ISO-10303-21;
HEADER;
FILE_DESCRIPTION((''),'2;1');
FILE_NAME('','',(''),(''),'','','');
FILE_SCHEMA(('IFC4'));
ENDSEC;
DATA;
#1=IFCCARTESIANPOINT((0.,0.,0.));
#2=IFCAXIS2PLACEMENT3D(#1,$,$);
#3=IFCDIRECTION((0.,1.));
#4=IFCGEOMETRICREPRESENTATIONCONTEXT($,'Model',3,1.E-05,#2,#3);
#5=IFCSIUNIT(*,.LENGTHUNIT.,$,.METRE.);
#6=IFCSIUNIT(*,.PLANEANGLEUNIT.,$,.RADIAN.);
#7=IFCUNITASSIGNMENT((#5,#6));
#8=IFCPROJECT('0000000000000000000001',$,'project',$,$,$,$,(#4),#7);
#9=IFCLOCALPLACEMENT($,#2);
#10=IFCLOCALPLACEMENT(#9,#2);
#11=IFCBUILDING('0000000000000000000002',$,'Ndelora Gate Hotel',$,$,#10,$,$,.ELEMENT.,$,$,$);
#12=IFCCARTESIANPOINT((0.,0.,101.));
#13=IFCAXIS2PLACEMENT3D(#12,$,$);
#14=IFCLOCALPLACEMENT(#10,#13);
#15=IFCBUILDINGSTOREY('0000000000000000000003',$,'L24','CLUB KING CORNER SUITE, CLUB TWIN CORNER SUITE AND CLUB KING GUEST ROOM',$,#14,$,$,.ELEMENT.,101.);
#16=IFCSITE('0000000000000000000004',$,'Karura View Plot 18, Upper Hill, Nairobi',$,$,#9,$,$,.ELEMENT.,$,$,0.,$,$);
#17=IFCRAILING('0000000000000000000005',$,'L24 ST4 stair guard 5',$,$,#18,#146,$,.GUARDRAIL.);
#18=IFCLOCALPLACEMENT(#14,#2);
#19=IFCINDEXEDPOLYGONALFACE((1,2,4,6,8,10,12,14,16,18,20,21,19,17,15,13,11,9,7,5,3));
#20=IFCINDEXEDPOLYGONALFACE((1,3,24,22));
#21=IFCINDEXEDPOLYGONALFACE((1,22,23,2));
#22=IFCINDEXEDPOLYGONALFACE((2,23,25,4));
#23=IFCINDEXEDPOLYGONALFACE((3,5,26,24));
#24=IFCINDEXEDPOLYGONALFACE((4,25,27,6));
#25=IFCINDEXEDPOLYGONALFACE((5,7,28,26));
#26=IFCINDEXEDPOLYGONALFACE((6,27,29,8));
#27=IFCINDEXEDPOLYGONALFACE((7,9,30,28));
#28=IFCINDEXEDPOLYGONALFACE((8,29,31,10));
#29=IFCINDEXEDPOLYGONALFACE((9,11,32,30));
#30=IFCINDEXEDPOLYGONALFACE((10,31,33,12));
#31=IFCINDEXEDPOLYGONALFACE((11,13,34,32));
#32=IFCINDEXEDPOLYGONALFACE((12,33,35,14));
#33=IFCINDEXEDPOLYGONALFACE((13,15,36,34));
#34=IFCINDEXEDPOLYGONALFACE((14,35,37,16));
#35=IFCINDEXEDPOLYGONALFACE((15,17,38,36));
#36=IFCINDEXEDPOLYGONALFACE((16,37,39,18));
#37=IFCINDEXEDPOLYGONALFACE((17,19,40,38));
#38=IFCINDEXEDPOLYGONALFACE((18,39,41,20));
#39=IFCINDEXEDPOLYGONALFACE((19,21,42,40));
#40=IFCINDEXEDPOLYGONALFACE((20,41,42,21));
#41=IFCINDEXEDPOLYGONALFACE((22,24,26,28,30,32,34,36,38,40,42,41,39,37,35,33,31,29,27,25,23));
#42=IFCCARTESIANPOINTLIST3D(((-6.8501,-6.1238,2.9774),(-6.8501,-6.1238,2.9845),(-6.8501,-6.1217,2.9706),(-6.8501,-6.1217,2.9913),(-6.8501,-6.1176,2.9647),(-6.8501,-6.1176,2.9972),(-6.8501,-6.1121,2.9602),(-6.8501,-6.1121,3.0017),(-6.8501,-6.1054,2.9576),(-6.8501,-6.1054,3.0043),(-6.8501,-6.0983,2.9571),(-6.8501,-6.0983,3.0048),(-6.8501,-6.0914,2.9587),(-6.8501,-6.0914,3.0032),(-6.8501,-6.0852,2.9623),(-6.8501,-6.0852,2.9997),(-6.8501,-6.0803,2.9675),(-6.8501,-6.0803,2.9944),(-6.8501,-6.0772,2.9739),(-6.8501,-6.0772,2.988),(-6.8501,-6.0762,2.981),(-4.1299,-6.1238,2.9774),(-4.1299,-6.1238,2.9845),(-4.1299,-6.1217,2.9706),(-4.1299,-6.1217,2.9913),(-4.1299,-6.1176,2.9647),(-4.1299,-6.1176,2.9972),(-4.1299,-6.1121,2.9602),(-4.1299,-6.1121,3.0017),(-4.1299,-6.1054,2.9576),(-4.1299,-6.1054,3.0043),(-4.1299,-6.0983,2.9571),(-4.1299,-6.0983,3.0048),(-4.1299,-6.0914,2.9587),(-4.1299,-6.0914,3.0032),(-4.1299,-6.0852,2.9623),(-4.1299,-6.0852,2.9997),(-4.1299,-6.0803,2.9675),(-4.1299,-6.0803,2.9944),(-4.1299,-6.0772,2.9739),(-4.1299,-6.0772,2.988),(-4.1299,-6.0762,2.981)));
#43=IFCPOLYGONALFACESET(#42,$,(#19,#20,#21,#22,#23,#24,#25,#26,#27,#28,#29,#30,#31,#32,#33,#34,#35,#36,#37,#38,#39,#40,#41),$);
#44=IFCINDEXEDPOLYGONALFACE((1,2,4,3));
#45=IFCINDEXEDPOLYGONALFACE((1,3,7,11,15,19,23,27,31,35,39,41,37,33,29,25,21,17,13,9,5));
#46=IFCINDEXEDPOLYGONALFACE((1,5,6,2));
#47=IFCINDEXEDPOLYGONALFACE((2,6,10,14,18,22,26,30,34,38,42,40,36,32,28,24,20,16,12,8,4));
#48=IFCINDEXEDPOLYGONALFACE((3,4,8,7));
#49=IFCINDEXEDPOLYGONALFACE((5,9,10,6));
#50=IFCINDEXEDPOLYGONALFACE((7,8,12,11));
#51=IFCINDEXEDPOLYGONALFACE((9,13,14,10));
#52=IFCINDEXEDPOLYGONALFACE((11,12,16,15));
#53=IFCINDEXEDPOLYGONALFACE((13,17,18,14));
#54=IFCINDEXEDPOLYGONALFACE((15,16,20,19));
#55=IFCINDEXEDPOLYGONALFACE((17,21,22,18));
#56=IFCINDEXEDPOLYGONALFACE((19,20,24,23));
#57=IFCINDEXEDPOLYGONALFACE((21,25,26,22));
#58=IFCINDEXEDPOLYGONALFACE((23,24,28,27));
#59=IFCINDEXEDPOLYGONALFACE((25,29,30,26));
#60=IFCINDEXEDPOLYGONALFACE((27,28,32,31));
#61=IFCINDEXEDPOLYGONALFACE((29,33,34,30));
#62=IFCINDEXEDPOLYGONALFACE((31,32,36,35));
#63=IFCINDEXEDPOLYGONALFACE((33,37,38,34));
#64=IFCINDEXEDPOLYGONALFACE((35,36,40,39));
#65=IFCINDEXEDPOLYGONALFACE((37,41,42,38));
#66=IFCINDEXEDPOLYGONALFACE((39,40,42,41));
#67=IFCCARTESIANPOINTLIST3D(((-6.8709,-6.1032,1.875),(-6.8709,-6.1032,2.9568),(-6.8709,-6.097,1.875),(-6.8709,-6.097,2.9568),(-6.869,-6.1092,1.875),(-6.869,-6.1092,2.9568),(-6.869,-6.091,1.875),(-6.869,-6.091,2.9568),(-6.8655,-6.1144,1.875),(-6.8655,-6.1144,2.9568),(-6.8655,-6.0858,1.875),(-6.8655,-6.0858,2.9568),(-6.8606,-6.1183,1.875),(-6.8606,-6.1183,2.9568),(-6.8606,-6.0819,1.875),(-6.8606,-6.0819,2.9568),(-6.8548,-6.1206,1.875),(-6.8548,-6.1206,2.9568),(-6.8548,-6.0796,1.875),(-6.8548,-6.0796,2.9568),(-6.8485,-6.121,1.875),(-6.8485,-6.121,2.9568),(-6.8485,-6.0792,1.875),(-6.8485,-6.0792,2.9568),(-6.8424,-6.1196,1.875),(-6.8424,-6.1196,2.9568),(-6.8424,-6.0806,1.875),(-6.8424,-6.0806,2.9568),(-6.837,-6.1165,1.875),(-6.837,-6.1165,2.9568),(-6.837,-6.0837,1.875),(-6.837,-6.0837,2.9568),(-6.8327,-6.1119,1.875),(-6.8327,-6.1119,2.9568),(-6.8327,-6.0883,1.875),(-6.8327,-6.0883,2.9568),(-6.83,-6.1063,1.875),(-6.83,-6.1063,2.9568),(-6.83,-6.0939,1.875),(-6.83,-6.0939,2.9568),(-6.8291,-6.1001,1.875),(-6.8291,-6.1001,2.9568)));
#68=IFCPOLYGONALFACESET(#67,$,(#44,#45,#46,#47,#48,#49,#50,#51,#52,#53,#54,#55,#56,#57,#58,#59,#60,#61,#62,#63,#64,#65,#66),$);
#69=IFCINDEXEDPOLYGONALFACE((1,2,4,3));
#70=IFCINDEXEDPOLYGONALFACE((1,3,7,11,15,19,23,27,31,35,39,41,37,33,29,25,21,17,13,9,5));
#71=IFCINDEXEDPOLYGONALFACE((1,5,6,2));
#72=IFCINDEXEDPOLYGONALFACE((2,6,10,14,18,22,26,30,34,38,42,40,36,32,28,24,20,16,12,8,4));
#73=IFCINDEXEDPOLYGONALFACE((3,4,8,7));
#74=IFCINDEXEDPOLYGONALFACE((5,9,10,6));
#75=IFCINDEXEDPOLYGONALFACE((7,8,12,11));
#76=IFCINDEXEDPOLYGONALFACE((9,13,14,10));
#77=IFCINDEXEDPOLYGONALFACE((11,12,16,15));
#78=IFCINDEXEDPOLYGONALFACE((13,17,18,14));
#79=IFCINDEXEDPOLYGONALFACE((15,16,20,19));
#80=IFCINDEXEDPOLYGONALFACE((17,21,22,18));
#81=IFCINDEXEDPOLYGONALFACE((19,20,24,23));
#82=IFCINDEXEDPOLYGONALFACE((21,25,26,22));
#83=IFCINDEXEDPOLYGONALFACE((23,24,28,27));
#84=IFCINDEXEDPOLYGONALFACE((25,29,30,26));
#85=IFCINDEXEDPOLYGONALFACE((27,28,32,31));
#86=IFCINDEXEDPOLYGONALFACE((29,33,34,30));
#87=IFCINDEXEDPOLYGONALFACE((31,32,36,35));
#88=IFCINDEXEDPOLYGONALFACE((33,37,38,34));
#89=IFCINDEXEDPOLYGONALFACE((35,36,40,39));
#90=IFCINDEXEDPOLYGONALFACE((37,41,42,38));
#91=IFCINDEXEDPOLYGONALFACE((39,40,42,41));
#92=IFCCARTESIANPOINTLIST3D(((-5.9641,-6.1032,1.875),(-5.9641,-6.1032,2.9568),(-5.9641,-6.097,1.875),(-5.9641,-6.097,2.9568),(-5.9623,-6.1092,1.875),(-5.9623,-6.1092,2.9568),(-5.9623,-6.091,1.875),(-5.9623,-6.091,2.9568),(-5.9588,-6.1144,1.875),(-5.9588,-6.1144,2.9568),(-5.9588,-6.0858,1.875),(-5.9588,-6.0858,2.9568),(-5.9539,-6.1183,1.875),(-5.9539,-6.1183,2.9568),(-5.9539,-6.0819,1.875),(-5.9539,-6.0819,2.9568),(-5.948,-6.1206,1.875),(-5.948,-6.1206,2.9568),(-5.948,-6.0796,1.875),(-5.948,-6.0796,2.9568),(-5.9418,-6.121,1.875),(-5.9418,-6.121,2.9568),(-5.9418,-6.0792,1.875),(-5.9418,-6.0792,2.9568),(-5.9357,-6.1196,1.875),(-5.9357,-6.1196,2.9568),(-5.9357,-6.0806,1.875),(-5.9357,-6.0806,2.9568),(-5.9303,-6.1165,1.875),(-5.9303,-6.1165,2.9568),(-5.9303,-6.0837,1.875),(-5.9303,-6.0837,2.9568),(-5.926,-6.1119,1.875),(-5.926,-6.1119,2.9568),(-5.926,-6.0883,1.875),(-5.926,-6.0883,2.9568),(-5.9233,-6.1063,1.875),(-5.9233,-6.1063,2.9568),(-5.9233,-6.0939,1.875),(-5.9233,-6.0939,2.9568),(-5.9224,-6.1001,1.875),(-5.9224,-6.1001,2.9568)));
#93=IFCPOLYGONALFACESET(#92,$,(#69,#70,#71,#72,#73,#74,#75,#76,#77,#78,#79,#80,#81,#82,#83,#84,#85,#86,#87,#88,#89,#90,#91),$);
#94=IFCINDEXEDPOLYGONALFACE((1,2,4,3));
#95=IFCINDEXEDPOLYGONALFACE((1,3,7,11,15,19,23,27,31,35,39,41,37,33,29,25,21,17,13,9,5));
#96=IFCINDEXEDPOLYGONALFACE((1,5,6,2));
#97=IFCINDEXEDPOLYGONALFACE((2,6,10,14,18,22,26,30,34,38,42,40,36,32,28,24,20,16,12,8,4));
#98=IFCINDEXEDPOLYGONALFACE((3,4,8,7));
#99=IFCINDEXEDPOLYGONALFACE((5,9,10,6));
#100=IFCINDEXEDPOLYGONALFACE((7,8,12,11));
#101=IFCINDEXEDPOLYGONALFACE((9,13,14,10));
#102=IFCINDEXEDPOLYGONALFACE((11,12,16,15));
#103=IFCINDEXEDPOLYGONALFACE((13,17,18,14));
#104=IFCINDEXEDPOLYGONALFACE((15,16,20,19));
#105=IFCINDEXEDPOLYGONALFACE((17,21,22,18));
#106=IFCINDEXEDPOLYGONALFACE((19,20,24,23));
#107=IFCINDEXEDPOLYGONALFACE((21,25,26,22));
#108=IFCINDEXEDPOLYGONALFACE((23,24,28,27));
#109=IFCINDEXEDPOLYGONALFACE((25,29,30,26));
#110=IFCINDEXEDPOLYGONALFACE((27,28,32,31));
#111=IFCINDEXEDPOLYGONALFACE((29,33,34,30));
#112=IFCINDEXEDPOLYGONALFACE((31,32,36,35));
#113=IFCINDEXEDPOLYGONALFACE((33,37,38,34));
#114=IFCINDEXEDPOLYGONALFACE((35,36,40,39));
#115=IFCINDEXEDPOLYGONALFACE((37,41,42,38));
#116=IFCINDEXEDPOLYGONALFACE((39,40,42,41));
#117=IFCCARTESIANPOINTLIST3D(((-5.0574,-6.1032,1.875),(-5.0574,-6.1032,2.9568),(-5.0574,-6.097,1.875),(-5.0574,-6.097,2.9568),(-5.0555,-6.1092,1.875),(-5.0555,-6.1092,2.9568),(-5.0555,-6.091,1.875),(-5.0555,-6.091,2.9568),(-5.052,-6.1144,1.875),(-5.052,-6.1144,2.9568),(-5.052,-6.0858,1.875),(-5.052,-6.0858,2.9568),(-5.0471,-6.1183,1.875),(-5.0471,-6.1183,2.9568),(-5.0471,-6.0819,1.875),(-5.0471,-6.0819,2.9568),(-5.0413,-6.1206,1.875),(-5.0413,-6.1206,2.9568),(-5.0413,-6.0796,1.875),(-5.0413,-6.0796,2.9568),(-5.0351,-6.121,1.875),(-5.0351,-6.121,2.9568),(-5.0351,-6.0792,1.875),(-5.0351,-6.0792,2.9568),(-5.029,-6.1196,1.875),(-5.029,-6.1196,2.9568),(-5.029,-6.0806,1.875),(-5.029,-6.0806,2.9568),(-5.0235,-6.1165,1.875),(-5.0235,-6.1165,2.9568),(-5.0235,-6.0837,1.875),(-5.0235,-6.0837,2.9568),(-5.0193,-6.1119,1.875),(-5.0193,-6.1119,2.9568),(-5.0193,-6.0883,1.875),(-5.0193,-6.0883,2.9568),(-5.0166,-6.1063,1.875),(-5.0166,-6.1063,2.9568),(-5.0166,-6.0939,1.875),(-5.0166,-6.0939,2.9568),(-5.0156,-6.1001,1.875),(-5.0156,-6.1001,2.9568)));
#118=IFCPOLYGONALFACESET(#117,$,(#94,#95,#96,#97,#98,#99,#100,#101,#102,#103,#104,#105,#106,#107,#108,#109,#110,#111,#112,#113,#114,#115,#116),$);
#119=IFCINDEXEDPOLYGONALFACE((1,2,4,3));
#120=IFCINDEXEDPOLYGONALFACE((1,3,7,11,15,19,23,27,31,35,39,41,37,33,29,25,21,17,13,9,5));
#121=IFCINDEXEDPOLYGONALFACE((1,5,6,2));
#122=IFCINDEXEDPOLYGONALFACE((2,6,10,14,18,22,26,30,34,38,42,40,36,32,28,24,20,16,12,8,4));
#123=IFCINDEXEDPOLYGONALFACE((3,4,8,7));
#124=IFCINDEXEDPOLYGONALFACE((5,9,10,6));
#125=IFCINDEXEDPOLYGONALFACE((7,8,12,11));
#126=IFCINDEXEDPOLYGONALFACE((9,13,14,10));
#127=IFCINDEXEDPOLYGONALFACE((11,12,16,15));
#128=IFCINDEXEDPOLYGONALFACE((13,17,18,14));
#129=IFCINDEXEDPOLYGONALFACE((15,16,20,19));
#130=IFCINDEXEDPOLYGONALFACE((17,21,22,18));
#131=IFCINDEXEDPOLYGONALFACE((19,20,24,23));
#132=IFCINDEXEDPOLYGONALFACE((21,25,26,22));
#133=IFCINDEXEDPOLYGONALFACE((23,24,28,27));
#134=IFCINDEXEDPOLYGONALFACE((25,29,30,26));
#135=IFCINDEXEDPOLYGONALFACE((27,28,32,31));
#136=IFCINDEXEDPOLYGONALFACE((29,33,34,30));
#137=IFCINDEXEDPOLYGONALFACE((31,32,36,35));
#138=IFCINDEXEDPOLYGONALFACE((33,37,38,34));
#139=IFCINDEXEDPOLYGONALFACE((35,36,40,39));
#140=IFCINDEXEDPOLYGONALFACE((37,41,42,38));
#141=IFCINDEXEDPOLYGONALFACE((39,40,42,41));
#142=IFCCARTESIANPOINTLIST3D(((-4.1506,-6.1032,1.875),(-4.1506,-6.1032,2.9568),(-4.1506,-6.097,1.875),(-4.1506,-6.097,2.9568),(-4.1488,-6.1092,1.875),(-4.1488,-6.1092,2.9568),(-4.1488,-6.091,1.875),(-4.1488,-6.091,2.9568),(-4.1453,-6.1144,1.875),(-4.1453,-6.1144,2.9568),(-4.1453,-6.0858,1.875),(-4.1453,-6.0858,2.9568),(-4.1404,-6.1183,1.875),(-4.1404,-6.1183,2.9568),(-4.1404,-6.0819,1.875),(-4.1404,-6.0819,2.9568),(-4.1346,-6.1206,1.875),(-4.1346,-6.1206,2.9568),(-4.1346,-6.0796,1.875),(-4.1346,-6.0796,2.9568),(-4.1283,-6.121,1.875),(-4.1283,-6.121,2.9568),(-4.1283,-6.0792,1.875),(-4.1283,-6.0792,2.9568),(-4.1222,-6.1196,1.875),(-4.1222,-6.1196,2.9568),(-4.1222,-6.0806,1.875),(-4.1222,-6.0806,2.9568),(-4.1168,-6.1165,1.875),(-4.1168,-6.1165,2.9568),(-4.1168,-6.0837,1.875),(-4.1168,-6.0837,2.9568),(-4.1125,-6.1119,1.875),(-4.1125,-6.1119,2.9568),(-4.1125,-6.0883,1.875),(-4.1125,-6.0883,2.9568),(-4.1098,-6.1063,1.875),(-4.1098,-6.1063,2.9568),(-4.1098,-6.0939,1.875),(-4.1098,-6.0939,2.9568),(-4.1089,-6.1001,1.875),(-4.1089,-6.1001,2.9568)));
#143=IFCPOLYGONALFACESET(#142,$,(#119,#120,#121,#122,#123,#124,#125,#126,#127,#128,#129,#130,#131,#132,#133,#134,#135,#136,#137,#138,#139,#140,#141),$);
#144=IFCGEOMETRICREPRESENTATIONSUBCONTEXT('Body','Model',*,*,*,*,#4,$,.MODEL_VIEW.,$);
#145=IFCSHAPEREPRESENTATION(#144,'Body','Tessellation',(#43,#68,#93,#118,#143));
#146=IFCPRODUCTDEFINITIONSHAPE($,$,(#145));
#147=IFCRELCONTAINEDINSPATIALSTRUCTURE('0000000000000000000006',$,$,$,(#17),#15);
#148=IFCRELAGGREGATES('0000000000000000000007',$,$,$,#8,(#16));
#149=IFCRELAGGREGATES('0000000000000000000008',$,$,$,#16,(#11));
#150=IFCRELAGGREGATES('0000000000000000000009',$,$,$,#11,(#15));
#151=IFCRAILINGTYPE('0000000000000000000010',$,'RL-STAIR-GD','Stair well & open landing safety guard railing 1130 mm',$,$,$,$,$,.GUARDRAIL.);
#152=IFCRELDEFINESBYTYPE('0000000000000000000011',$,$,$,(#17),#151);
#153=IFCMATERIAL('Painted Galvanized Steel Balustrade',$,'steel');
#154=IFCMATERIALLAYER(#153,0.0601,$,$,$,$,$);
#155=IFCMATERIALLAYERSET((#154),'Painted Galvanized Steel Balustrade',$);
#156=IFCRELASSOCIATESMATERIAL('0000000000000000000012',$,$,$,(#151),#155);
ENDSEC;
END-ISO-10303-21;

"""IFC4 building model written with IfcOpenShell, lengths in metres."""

from ifc_helpers import new_model, si_unit, direction, frame, origin, origin_2d, place, context, subcontext, project, spatial, circle, extrude, material, layer, layer_set, type_object, element, save


model = new_model("IFC4")

# Units and contexts
model_context = context("Model", 3, precision=1e-05, world=origin(), true_north=direction((0.0, 1.0)))
body_context = subcontext(model_context, "Body", "Model", "MODEL_VIEW")
ifc_project = project(units=[si_unit("LENGTHUNIT", "METRE"), si_unit("PLANEANGLEUNIT", "RADIAN")], contexts=[model_context])

# Site, building, storey
site_placement = place(None, origin())
site = spatial("IfcSite", under=ifc_project, at=site_placement, Name="Karura View Plot 18, Upper Hill, Nairobi", CompositionType="ELEMENT", RefElevation=0.0)
building_placement = place(site_placement, origin())
building = spatial("IfcBuilding", under=site, at=building_placement, Name="Ndelora Gate Hotel", CompositionType="ELEMENT")
storey_placement = place(building_placement, frame((0.0, 0.0, 101.0)))
storey = spatial("IfcBuildingStorey", under=building, at=storey_placement, Name="L24", Description="CLUB KING CORNER SUITE, CLUB TWIN CORNER SUITE AND CLUB KING GUEST ROOM", CompositionType="ELEMENT", Elevation=101.0)

# Railing
ifc_material_1 = material(Name="Painted Galvanized Steel Balustrade", Category="steel")
ifc_layer_1 = layer(ifc_material_1, 0.0601)
ifc_layer_set_1 = layer_set([ifc_layer_1], Name="Painted Galvanized Steel Balustrade")
railing_type = type_object("IfcRailingType", Name="RL-STAIR-GD", Description="Stair well & open landing safety guard railing 1130 mm", PredefinedType="GUARDRAIL", material=ifc_layer_set_1)
railing_1_placement = place(storey_placement, frame((-6.8501, -6.1001, 1.875)))
element("IfcRailing", 1, at=railing_1_placement, inside=storey, type_object=railing_type, Name="L24 ST4 stair guard 5", PredefinedType="GUARDRAIL", context=body_context, shape_type="SweptSolid", body=[
    extrude(circle(Radius=0.0239, at=origin_2d()), frame((0.0, 0.0, 1.106), z_axis=(1.0, 0.0, 0.0), x_axis=(0.0, 1.0, 0.0)), (0.0, 0.0, 1.0), 2.7202),
    extrude(circle(Radius=0.021, at=origin_2d()), origin(), (0.0, 0.0, 1.0), 1.0818),
    extrude(circle(Radius=0.021, at=origin_2d()), frame((0.9067, 0.0, 0.0)), (0.0, 0.0, 1.0), 1.0818),
    extrude(circle(Radius=0.021, at=origin_2d()), frame((1.8135, 0.0, 0.0)), (0.0, 0.0, 1.0), 1.0818),
    extrude(circle(Radius=0.021, at=origin_2d()), frame((2.7202, 0.0, 0.0)), (0.0, 0.0, 1.0), 1.0818),
])

save(model, "model.ifc")
